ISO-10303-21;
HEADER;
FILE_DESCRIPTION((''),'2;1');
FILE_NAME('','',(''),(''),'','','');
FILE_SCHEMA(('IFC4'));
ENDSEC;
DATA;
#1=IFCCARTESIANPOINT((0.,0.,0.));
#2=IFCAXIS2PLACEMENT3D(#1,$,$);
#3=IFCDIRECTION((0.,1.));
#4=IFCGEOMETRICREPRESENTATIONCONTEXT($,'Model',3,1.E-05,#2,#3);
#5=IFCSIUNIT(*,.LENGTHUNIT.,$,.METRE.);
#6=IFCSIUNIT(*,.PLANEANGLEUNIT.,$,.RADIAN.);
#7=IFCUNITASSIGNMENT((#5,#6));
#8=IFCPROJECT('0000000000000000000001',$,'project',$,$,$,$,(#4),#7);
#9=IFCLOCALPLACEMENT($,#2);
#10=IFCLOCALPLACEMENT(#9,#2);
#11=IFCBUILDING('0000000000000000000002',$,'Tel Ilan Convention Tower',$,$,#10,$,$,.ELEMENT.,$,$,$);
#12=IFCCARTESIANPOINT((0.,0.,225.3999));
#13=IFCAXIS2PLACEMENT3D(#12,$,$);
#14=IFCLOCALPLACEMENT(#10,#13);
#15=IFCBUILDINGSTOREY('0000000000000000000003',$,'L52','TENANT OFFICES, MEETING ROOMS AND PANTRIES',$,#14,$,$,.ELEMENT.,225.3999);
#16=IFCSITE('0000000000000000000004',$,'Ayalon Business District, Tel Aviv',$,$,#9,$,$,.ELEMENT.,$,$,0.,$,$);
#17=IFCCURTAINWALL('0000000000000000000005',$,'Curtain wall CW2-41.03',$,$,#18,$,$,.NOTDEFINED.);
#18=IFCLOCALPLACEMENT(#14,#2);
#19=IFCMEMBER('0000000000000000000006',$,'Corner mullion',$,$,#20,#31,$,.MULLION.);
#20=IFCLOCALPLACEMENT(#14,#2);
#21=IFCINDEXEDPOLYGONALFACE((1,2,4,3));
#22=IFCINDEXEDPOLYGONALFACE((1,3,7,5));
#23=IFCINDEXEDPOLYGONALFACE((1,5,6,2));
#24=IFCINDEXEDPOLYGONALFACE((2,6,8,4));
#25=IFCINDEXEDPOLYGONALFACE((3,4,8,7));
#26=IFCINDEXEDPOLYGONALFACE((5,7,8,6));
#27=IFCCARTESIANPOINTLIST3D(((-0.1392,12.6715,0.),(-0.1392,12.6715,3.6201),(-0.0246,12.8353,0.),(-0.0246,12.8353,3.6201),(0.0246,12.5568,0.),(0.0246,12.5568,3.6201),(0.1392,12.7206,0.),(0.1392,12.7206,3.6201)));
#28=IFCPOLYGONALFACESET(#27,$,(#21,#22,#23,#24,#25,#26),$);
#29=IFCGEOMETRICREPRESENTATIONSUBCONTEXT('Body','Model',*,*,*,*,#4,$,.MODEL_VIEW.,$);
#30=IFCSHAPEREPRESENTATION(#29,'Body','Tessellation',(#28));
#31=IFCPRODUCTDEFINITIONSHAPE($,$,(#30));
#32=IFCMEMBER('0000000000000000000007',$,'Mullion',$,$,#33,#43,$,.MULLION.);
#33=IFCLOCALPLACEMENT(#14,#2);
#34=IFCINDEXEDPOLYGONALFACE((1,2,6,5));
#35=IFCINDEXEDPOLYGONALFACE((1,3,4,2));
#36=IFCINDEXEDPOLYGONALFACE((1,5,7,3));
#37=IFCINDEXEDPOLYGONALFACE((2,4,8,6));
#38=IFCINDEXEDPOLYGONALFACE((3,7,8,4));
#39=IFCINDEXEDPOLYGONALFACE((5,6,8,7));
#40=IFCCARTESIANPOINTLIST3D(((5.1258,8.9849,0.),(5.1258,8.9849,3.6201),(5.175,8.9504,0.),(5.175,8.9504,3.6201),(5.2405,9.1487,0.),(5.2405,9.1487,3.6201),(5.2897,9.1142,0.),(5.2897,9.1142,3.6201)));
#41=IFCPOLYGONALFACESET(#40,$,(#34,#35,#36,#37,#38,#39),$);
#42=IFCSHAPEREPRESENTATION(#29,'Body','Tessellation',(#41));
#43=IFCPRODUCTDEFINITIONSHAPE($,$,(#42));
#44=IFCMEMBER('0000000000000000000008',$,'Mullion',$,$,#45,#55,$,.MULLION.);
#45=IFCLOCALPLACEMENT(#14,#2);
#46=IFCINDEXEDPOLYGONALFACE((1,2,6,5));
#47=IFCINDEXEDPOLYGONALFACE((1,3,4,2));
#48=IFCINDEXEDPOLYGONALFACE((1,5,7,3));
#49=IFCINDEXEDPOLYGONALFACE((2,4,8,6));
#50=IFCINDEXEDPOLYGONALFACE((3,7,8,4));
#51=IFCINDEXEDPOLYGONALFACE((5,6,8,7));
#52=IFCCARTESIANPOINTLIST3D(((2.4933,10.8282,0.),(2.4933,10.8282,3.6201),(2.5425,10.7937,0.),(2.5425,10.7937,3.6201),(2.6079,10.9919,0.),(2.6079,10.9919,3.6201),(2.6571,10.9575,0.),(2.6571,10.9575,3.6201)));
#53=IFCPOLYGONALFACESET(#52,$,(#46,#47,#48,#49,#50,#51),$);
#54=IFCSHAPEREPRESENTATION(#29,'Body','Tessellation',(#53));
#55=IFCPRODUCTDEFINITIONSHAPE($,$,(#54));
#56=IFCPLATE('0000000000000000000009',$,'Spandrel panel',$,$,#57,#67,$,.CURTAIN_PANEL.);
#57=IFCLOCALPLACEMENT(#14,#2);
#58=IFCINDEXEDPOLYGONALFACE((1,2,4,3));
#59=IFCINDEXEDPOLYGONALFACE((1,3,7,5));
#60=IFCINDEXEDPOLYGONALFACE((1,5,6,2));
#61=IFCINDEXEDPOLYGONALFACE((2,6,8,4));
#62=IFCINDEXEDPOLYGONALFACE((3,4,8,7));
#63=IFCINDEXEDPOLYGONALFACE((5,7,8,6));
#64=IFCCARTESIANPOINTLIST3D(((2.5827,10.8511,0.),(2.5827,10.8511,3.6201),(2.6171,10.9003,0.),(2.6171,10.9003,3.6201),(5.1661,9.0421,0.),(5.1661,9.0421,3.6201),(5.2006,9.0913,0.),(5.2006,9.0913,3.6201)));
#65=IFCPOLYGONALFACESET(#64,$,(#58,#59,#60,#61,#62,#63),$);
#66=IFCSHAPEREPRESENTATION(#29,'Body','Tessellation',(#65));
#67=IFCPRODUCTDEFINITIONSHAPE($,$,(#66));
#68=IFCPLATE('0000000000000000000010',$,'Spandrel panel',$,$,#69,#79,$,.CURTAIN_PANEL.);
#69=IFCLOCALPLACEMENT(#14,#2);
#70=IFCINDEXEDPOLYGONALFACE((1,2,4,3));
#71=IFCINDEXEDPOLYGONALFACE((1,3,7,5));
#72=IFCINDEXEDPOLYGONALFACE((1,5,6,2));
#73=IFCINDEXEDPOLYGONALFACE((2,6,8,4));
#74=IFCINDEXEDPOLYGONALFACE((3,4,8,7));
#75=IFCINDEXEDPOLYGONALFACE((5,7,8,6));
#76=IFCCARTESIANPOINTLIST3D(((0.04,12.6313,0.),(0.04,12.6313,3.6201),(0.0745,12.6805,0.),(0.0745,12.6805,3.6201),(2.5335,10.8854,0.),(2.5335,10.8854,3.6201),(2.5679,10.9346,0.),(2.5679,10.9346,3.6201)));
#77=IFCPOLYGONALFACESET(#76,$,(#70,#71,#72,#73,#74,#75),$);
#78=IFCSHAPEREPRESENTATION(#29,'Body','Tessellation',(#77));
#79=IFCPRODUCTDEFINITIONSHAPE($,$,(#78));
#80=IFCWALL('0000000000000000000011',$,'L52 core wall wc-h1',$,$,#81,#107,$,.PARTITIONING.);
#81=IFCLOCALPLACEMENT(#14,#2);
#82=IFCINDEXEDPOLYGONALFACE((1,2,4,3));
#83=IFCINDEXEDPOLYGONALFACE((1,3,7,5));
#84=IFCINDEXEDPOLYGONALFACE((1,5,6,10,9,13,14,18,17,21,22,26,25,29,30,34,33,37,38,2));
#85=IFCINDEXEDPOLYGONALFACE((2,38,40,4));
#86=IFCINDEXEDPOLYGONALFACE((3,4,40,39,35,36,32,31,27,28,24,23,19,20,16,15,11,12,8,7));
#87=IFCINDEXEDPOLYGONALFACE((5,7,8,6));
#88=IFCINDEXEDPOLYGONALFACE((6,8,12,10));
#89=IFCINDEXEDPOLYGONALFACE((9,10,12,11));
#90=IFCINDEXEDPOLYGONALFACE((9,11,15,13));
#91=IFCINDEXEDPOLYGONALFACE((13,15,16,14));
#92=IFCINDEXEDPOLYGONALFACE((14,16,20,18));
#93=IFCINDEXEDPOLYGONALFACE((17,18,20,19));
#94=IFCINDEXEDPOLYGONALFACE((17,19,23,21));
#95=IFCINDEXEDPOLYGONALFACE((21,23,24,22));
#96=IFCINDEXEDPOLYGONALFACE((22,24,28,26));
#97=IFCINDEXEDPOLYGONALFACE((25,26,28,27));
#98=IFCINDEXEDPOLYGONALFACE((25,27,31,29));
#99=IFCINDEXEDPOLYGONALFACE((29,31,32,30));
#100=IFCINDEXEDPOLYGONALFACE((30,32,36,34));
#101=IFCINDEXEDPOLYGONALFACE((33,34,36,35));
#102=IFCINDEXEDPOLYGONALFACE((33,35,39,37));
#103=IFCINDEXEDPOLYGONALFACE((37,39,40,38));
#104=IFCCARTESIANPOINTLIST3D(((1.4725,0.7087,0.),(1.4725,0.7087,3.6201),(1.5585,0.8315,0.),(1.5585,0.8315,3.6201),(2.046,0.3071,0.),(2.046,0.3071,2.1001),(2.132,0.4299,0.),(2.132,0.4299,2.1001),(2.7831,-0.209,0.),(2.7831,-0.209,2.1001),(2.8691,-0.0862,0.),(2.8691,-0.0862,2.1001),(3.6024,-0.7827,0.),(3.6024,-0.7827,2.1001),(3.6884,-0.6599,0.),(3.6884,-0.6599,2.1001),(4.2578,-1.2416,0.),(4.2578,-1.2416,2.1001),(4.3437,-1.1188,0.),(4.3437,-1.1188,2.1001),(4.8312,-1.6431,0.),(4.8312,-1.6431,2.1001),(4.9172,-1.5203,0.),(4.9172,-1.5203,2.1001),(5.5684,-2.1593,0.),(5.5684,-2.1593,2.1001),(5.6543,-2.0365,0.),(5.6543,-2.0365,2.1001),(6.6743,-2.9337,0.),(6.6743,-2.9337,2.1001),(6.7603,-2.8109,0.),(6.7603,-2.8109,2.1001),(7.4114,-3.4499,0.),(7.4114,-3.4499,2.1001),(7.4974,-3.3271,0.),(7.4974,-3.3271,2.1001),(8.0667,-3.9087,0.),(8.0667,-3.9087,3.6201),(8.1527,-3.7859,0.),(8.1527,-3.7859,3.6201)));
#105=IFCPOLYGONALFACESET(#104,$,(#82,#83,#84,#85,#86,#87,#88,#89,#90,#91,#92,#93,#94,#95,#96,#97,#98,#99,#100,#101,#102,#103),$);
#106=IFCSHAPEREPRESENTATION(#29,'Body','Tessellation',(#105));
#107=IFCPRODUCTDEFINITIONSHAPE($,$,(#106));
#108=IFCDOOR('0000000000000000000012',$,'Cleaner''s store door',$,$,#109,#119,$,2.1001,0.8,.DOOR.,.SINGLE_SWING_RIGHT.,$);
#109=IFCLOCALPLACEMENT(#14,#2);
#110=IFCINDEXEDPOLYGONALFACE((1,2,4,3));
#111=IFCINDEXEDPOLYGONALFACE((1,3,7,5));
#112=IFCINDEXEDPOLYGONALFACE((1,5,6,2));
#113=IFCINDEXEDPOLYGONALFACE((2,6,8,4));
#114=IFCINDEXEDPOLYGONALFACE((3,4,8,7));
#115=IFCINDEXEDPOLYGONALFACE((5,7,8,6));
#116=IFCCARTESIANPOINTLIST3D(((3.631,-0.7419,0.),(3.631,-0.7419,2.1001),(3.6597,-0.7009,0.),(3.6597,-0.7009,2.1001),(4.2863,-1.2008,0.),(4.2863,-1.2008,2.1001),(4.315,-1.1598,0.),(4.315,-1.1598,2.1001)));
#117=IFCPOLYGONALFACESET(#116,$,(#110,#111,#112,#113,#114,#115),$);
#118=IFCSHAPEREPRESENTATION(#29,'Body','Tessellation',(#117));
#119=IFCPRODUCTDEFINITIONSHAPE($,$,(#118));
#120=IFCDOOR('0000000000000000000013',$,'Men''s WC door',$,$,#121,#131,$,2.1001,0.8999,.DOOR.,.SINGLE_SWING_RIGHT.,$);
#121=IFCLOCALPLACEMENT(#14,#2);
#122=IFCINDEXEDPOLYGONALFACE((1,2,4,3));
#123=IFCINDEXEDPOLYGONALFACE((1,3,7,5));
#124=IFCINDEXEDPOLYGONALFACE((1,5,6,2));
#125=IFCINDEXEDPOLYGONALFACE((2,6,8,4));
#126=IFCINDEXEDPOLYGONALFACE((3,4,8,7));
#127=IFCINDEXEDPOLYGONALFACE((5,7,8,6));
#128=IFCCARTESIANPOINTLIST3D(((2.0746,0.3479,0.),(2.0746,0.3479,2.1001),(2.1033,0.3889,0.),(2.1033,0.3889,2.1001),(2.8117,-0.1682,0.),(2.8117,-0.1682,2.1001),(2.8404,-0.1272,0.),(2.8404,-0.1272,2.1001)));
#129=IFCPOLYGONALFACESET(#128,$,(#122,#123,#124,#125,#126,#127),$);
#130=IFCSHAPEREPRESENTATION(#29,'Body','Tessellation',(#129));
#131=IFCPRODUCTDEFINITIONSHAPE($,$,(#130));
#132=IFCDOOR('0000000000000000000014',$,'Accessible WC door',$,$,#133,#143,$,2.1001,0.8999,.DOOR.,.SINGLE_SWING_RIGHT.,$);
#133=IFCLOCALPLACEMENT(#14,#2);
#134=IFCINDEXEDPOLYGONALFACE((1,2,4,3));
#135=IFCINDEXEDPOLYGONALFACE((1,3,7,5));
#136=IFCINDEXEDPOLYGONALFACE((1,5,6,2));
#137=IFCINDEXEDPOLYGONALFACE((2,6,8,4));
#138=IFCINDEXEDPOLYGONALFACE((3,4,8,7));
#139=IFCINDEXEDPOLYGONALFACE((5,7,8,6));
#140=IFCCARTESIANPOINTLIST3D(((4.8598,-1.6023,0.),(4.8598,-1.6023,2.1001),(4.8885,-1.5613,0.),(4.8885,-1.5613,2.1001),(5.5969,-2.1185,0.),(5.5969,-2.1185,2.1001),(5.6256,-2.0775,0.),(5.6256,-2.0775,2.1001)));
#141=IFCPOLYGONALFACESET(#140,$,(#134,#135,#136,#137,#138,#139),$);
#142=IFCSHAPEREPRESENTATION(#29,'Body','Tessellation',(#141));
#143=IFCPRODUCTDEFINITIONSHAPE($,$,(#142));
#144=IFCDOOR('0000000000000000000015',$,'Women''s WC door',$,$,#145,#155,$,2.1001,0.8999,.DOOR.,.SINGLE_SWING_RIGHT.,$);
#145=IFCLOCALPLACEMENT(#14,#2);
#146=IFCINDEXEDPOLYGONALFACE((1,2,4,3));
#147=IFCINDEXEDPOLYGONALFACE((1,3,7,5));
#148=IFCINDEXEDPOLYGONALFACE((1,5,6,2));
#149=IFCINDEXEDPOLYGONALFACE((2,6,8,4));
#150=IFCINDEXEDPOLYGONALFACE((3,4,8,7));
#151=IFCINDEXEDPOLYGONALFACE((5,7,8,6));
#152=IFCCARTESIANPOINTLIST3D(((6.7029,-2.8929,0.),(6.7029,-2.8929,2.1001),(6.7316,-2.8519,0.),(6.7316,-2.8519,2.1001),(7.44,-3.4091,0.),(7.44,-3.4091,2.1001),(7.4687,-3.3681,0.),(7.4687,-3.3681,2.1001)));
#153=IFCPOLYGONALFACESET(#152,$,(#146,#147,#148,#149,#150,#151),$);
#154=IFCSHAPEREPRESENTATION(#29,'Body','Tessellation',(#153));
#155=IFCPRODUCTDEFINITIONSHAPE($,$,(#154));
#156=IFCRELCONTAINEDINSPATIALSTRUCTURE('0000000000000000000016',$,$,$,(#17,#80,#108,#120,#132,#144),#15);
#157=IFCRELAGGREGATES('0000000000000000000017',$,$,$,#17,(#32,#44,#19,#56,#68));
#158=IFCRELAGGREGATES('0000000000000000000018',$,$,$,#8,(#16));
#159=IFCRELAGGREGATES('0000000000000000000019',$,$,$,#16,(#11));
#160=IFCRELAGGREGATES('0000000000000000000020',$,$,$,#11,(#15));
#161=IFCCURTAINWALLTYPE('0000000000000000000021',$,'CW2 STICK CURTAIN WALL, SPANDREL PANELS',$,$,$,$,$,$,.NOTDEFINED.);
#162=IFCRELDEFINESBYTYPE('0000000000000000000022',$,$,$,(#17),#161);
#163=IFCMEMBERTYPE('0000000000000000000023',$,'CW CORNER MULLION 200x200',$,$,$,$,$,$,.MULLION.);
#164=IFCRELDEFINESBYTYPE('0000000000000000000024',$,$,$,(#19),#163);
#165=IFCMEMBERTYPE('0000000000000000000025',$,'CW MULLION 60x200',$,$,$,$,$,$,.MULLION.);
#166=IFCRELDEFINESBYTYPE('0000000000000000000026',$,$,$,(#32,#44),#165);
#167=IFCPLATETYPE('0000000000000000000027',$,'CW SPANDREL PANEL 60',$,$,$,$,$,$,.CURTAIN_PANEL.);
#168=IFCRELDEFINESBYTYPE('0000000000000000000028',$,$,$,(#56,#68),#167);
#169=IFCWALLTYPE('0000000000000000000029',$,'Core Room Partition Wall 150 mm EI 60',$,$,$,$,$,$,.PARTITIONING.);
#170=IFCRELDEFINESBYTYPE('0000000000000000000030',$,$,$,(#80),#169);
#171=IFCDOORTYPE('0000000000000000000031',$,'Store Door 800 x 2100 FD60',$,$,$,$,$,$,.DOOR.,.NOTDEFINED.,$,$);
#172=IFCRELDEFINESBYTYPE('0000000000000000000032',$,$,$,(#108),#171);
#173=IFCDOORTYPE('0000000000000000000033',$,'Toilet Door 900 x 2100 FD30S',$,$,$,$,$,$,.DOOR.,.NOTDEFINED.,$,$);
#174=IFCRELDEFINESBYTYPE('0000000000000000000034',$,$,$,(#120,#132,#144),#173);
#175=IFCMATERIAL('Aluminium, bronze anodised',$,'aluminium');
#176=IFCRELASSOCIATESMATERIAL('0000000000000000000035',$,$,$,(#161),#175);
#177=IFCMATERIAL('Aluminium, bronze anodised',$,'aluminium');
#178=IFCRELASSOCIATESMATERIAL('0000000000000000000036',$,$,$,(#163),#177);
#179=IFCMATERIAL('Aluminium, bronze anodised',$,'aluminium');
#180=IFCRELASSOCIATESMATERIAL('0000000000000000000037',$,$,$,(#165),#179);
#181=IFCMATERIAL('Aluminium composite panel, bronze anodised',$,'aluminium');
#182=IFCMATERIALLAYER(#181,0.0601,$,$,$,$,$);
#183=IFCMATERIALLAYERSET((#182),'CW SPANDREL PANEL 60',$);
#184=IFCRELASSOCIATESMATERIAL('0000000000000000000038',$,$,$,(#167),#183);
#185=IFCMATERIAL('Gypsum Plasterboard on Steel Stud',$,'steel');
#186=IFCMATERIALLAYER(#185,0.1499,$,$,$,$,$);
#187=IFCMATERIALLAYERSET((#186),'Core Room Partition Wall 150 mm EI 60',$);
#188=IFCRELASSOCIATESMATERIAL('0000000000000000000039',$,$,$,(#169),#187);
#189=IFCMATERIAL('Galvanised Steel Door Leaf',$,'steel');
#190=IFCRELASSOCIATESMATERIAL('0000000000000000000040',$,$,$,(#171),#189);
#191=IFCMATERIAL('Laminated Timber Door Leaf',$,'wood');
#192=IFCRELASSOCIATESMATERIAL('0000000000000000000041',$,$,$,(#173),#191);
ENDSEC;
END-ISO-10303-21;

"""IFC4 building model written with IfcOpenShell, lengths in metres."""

from ifc_helpers import new_model, si_unit, direction, frame, frame_2d, origin, origin_2d, place, context, subcontext, project, spatial, rectangle, extrude, material, layer, layer_set, material_profile, profile_set, type_object, element, fill, aggregate, save


model = new_model("IFC4")

# Units and contexts
model_context = context("Model", 3, precision=1e-05, world=origin(), true_north=direction((0.0, 1.0)))
body_context = subcontext(model_context, "Body", "Model", "MODEL_VIEW")
ifc_project = project(units=[si_unit("LENGTHUNIT", "METRE"), si_unit("PLANEANGLEUNIT", "RADIAN")], contexts=[model_context])

# Site, building, storey
site_placement = place(None, origin())
site = spatial("IfcSite", under=ifc_project, at=site_placement, Name="Ayalon Business District, Tel Aviv", CompositionType="ELEMENT", RefElevation=0.0)
building_placement = place(site_placement, origin())
building = spatial("IfcBuilding", under=site, at=building_placement, Name="Tel Ilan Convention Tower", CompositionType="ELEMENT")
storey_placement = place(building_placement, frame((0.0, 0.0, 225.3999)))
storey = spatial("IfcBuildingStorey", under=building, at=storey_placement, Name="L52", Description="TENANT OFFICES, MEETING ROOMS AND PANTRIES", CompositionType="ELEMENT", Elevation=225.3999)

# Curtain wall, members, plates
ifc_material_1 = material(Name="Aluminium, bronze anodised", Category="aluminium")
curtain_wall_type = type_object("IfcCurtainWallType", Name="CW2 STICK CURTAIN WALL, SPANDREL PANELS", PredefinedType="NOTDEFINED", material=ifc_material_1)
curtain_wall_placement = place(storey_placement, origin())
curtain_wall = element("IfcCurtainWall", 1, at=curtain_wall_placement, inside=storey, type_object=curtain_wall_type, Name="Curtain wall CW2-41.03", PredefinedType="NOTDEFINED")
ifc_material_2 = material(Name="Aluminium, bronze anodised", Category="aluminium")
ifc_material_profile_1 = material_profile(ifc_material_2, rectangle(XDim=0.2, YDim=0.2, at=origin_2d()), Name="CW CORNER MULLION 200x200")
ifc_profile_set_1 = profile_set([ifc_material_profile_1], Name="Aluminium, bronze anodised")
member_type_1 = type_object("IfcMemberType", Name="CW CORNER MULLION 200x200", PredefinedType="MULLION", material=ifc_profile_set_1)
member_1_placement = place(storey_placement, frame((0.0, 12.696, 0.0), z_axis=(0.0, 0.0, 1.0), x_axis=(-0.819152, 0.573576, 0.0)))
member_1 = element("IfcMember", 2, at=member_1_placement, type_object=member_type_1, Name="Corner mullion", PredefinedType="MULLION", context=body_context, shape_type="SweptSolid", body=[
    extrude(rectangle(XDim=0.2, YDim=0.2, at=origin_2d()), origin(), (0.0, 0.0, 1.0), 3.6201),
])
ifc_material_3 = material(Name="Aluminium, bronze anodised", Category="aluminium")
ifc_material_profile_2 = material_profile(ifc_material_3, rectangle(XDim=0.0601, YDim=0.2, at=origin_2d()), Name="CW MULLION 60x200")
ifc_profile_set_2 = profile_set([ifc_material_profile_2], Name="Aluminium, bronze anodised")
member_type_2 = type_object("IfcMemberType", Name="CW MULLION 60x200", PredefinedType="MULLION", material=ifc_profile_set_2)
member_2_placement = place(storey_placement, frame((5.2078, 9.0496, 0.0), z_axis=(0.0, 0.0, 1.0), x_axis=(-0.819152, 0.573576, 0.0)))
member_2 = element("IfcMember", 3, at=member_2_placement, type_object=member_type_2, Name="Mullion", PredefinedType="MULLION", context=body_context, shape_type="SweptSolid", body=[
    extrude(rectangle(XDim=0.0601, YDim=0.2, at=origin_2d()), origin(), (0.0, 0.0, 1.0), 3.6201),
])
member_3_placement = place(storey_placement, frame((2.5752, 10.8928, 0.0), z_axis=(0.0, 0.0, 1.0), x_axis=(-0.819152, 0.573576, 0.0)))
member_3 = element("IfcMember", 4, at=member_3_placement, type_object=member_type_2, Name="Mullion", PredefinedType="MULLION", context=body_context, shape_type="SweptSolid", body=[
    extrude(rectangle(XDim=0.0601, YDim=0.2, at=origin_2d()), origin(), (0.0, 0.0, 1.0), 3.6201),
])
ifc_material_4 = material(Name="Aluminium composite panel, bronze anodised", Category="aluminium")
ifc_layer_1 = layer(ifc_material_4, 0.0601)
ifc_layer_set_1 = layer_set([ifc_layer_1], Name="CW SPANDREL PANEL 60")
plate_type = type_object("IfcPlateType", Name="CW SPANDREL PANEL 60", PredefinedType="CURTAIN_PANEL", material=ifc_layer_set_1)
plate_1_placement = place(storey_placement, frame((3.8916, 9.9712, 0.0), z_axis=(0.0, 0.0, 1.0), x_axis=(-0.819152, 0.573576, 0.0)))
plate_1 = element("IfcPlate", 5, at=plate_1_placement, type_object=plate_type, Name="Spandrel panel", PredefinedType="CURTAIN_PANEL", context=body_context, shape_type="SweptSolid", body=[
    extrude(rectangle(XDim=3.1538, YDim=0.0601, at=origin_2d()), origin(), (0.0, 0.0, 1.0), 3.6201),
])
plate_2_placement = place(storey_placement, frame((1.304, 11.783, 0.0), z_axis=(0.0, 0.0, 1.0), x_axis=(-0.819152, 0.573576, 0.0)))
plate_2 = element("IfcPlate", 6, at=plate_2_placement, type_object=plate_type, Name="Spandrel panel", PredefinedType="CURTAIN_PANEL", context=body_context, shape_type="SweptSolid", body=[
    extrude(rectangle(XDim=3.0439, YDim=0.0601, at=origin_2d()), origin(), (0.0, 0.0, 1.0), 3.6201),
])
aggregate(curtain_wall, [member_2, member_3, member_1, plate_1, plate_2])

# Wall, openings, doors
ifc_material_5 = material(Name="Gypsum Plasterboard on Steel Stud", Category="steel")
ifc_layer_2 = layer(ifc_material_5, 0.1499)
ifc_layer_set_2 = layer_set([ifc_layer_2], Name="Core Room Partition Wall 150 mm EI 60")
wall_type_1 = type_object("IfcWallType", Name="Core Room Partition Wall 150 mm EI 60", PredefinedType="PARTITIONING", material=ifc_layer_set_2)
wall_1_placement = place(storey_placement, frame((1.5156, 0.77, 0.0), z_axis=(0.0, 0.0, 1.0), x_axis=(0.819146, -0.573584, 0.0)))
wall_1 = element("IfcWall", 7, at=wall_1_placement, inside=storey, type_object=wall_type_1, Name="L52 core wall wc-h1", PredefinedType="PARTITIONING", context=body_context, shape_type="SweptSolid", body=[
    extrude(rectangle(XDim=8.05, YDim=0.1499, at=frame_2d((4.0249, 0.0))), origin(), (0.0, 0.0, 1.0), 3.6201),
])
opening_1_placement = place(wall_1_placement, frame((0.7, 0.0, 0.0)))
opening_1 = element("IfcOpeningElement", 8, at=opening_1_placement, cuts=wall_1, PredefinedType="OPENING", context=body_context, shape_type="SweptSolid", body=[
    extrude(rectangle(XDim=0.8999, YDim=2.1001, at=frame_2d((0.45, 1.05))), frame((0.0, 0.085, 0.0), z_axis=(0.0, -1.0, 0.0), x_axis=(1.0, 0.0, 0.0)), (0.0, 0.0, 1.0), 0.1699),
])
opening_2_placement = place(wall_1_placement, frame((2.6001, 0.0, 0.0)))
opening_2 = element("IfcOpeningElement", 9, at=opening_2_placement, cuts=wall_1, PredefinedType="OPENING", context=body_context, shape_type="SweptSolid", body=[
    extrude(rectangle(XDim=0.8, YDim=2.1001, at=frame_2d((0.3999, 1.05))), frame((0.0, 0.085, 0.0), z_axis=(0.0, -1.0, 0.0), x_axis=(1.0, 0.0, 0.0)), (0.0, 0.0, 1.0), 0.1699),
])
opening_3_placement = place(wall_1_placement, frame((4.1001, 0.0, 0.0)))
opening_3 = element("IfcOpeningElement", 10, at=opening_3_placement, cuts=wall_1, PredefinedType="OPENING", context=body_context, shape_type="SweptSolid", body=[
    extrude(rectangle(XDim=0.8999, YDim=2.1001, at=frame_2d((0.45, 1.05))), frame((0.0, 0.085, 0.0), z_axis=(0.0, -1.0, 0.0), x_axis=(1.0, 0.0, 0.0)), (0.0, 0.0, 1.0), 0.1699),
])
opening_4_placement = place(wall_1_placement, frame((6.3501, 0.0, 0.0)))
opening_4 = element("IfcOpeningElement", 11, at=opening_4_placement, cuts=wall_1, PredefinedType="OPENING", context=body_context, shape_type="SweptSolid", body=[
    extrude(rectangle(XDim=0.8999, YDim=2.1001, at=frame_2d((0.45, 1.05))), frame((0.0, 0.085, 0.0), z_axis=(0.0, -1.0, 0.0), x_axis=(1.0, 0.0, 0.0)), (0.0, 0.0, 1.0), 0.1699),
])
ifc_material_6 = material(Name="Galvanised Steel Door Leaf", Category="steel")
door_type_1 = type_object("IfcDoorType", Name="Store Door 800 x 2100 FD60", OperationType="NOTDEFINED", PredefinedType="DOOR", material=ifc_material_6)
door_1_placement = place(opening_2_placement, origin())
door_1 = element("IfcDoor", 12, at=door_1_placement, inside=storey, type_object=door_type_1, Name="Cleaner's store door", OperationType="SINGLE_SWING_RIGHT", OverallHeight=2.1001, OverallWidth=0.8, PredefinedType="DOOR", context=body_context, shape_type="SweptSolid", body=[
    extrude(rectangle(XDim=0.8, YDim=2.1001, at=frame_2d((0.3999, 1.05))), frame((0.0, 0.0249, 0.0), z_axis=(0.0, -1.0, 0.0), x_axis=(1.0, 0.0, 0.0)), (0.0, 0.0, 1.0), 0.05),
])
fill(opening_2, door_1)
ifc_material_7 = material(Name="Laminated Timber Door Leaf", Category="wood")
door_type_2 = type_object("IfcDoorType", Name="Toilet Door 900 x 2100 FD30S", OperationType="NOTDEFINED", PredefinedType="DOOR", material=ifc_material_7)
door_2_placement = place(opening_1_placement, origin())
door_2 = element("IfcDoor", 13, at=door_2_placement, inside=storey, type_object=door_type_2, Name="Men's WC door", OperationType="SINGLE_SWING_RIGHT", OverallHeight=2.1001, OverallWidth=0.8999, PredefinedType="DOOR", context=body_context, shape_type="SweptSolid", body=[
    extrude(rectangle(XDim=0.8999, YDim=2.1001, at=frame_2d((0.45, 1.05))), frame((0.0, 0.0249, 0.0), z_axis=(0.0, -1.0, 0.0), x_axis=(1.0, 0.0, 0.0)), (0.0, 0.0, 1.0), 0.05),
])
fill(opening_1, door_2)
door_3_placement = place(opening_3_placement, origin())
door_3 = element("IfcDoor", 14, at=door_3_placement, inside=storey, type_object=door_type_2, Name="Accessible WC door", OperationType="SINGLE_SWING_RIGHT", OverallHeight=2.1001, OverallWidth=0.8999, PredefinedType="DOOR", context=body_context, shape_type="SweptSolid", body=[
    extrude(rectangle(XDim=0.8999, YDim=2.1001, at=frame_2d((0.45, 1.05))), frame((0.0, 0.0249, 0.0), z_axis=(0.0, -1.0, 0.0), x_axis=(1.0, 0.0, 0.0)), (0.0, 0.0, 1.0), 0.05),
])
fill(opening_3, door_3)
door_4_placement = place(opening_4_placement, origin())
door_4 = element("IfcDoor", 15, at=door_4_placement, inside=storey, type_object=door_type_2, Name="Women's WC door", OperationType="SINGLE_SWING_RIGHT", OverallHeight=2.1001, OverallWidth=0.8999, PredefinedType="DOOR", context=body_context, shape_type="SweptSolid", body=[
    extrude(rectangle(XDim=0.8999, YDim=2.1001, at=frame_2d((0.45, 1.05))), frame((0.0, 0.0249, 0.0), z_axis=(0.0, -1.0, 0.0), x_axis=(1.0, 0.0, 0.0)), (0.0, 0.0, 1.0), 0.05),
])
fill(opening_4, door_4)

save(model, "model.ifc")
